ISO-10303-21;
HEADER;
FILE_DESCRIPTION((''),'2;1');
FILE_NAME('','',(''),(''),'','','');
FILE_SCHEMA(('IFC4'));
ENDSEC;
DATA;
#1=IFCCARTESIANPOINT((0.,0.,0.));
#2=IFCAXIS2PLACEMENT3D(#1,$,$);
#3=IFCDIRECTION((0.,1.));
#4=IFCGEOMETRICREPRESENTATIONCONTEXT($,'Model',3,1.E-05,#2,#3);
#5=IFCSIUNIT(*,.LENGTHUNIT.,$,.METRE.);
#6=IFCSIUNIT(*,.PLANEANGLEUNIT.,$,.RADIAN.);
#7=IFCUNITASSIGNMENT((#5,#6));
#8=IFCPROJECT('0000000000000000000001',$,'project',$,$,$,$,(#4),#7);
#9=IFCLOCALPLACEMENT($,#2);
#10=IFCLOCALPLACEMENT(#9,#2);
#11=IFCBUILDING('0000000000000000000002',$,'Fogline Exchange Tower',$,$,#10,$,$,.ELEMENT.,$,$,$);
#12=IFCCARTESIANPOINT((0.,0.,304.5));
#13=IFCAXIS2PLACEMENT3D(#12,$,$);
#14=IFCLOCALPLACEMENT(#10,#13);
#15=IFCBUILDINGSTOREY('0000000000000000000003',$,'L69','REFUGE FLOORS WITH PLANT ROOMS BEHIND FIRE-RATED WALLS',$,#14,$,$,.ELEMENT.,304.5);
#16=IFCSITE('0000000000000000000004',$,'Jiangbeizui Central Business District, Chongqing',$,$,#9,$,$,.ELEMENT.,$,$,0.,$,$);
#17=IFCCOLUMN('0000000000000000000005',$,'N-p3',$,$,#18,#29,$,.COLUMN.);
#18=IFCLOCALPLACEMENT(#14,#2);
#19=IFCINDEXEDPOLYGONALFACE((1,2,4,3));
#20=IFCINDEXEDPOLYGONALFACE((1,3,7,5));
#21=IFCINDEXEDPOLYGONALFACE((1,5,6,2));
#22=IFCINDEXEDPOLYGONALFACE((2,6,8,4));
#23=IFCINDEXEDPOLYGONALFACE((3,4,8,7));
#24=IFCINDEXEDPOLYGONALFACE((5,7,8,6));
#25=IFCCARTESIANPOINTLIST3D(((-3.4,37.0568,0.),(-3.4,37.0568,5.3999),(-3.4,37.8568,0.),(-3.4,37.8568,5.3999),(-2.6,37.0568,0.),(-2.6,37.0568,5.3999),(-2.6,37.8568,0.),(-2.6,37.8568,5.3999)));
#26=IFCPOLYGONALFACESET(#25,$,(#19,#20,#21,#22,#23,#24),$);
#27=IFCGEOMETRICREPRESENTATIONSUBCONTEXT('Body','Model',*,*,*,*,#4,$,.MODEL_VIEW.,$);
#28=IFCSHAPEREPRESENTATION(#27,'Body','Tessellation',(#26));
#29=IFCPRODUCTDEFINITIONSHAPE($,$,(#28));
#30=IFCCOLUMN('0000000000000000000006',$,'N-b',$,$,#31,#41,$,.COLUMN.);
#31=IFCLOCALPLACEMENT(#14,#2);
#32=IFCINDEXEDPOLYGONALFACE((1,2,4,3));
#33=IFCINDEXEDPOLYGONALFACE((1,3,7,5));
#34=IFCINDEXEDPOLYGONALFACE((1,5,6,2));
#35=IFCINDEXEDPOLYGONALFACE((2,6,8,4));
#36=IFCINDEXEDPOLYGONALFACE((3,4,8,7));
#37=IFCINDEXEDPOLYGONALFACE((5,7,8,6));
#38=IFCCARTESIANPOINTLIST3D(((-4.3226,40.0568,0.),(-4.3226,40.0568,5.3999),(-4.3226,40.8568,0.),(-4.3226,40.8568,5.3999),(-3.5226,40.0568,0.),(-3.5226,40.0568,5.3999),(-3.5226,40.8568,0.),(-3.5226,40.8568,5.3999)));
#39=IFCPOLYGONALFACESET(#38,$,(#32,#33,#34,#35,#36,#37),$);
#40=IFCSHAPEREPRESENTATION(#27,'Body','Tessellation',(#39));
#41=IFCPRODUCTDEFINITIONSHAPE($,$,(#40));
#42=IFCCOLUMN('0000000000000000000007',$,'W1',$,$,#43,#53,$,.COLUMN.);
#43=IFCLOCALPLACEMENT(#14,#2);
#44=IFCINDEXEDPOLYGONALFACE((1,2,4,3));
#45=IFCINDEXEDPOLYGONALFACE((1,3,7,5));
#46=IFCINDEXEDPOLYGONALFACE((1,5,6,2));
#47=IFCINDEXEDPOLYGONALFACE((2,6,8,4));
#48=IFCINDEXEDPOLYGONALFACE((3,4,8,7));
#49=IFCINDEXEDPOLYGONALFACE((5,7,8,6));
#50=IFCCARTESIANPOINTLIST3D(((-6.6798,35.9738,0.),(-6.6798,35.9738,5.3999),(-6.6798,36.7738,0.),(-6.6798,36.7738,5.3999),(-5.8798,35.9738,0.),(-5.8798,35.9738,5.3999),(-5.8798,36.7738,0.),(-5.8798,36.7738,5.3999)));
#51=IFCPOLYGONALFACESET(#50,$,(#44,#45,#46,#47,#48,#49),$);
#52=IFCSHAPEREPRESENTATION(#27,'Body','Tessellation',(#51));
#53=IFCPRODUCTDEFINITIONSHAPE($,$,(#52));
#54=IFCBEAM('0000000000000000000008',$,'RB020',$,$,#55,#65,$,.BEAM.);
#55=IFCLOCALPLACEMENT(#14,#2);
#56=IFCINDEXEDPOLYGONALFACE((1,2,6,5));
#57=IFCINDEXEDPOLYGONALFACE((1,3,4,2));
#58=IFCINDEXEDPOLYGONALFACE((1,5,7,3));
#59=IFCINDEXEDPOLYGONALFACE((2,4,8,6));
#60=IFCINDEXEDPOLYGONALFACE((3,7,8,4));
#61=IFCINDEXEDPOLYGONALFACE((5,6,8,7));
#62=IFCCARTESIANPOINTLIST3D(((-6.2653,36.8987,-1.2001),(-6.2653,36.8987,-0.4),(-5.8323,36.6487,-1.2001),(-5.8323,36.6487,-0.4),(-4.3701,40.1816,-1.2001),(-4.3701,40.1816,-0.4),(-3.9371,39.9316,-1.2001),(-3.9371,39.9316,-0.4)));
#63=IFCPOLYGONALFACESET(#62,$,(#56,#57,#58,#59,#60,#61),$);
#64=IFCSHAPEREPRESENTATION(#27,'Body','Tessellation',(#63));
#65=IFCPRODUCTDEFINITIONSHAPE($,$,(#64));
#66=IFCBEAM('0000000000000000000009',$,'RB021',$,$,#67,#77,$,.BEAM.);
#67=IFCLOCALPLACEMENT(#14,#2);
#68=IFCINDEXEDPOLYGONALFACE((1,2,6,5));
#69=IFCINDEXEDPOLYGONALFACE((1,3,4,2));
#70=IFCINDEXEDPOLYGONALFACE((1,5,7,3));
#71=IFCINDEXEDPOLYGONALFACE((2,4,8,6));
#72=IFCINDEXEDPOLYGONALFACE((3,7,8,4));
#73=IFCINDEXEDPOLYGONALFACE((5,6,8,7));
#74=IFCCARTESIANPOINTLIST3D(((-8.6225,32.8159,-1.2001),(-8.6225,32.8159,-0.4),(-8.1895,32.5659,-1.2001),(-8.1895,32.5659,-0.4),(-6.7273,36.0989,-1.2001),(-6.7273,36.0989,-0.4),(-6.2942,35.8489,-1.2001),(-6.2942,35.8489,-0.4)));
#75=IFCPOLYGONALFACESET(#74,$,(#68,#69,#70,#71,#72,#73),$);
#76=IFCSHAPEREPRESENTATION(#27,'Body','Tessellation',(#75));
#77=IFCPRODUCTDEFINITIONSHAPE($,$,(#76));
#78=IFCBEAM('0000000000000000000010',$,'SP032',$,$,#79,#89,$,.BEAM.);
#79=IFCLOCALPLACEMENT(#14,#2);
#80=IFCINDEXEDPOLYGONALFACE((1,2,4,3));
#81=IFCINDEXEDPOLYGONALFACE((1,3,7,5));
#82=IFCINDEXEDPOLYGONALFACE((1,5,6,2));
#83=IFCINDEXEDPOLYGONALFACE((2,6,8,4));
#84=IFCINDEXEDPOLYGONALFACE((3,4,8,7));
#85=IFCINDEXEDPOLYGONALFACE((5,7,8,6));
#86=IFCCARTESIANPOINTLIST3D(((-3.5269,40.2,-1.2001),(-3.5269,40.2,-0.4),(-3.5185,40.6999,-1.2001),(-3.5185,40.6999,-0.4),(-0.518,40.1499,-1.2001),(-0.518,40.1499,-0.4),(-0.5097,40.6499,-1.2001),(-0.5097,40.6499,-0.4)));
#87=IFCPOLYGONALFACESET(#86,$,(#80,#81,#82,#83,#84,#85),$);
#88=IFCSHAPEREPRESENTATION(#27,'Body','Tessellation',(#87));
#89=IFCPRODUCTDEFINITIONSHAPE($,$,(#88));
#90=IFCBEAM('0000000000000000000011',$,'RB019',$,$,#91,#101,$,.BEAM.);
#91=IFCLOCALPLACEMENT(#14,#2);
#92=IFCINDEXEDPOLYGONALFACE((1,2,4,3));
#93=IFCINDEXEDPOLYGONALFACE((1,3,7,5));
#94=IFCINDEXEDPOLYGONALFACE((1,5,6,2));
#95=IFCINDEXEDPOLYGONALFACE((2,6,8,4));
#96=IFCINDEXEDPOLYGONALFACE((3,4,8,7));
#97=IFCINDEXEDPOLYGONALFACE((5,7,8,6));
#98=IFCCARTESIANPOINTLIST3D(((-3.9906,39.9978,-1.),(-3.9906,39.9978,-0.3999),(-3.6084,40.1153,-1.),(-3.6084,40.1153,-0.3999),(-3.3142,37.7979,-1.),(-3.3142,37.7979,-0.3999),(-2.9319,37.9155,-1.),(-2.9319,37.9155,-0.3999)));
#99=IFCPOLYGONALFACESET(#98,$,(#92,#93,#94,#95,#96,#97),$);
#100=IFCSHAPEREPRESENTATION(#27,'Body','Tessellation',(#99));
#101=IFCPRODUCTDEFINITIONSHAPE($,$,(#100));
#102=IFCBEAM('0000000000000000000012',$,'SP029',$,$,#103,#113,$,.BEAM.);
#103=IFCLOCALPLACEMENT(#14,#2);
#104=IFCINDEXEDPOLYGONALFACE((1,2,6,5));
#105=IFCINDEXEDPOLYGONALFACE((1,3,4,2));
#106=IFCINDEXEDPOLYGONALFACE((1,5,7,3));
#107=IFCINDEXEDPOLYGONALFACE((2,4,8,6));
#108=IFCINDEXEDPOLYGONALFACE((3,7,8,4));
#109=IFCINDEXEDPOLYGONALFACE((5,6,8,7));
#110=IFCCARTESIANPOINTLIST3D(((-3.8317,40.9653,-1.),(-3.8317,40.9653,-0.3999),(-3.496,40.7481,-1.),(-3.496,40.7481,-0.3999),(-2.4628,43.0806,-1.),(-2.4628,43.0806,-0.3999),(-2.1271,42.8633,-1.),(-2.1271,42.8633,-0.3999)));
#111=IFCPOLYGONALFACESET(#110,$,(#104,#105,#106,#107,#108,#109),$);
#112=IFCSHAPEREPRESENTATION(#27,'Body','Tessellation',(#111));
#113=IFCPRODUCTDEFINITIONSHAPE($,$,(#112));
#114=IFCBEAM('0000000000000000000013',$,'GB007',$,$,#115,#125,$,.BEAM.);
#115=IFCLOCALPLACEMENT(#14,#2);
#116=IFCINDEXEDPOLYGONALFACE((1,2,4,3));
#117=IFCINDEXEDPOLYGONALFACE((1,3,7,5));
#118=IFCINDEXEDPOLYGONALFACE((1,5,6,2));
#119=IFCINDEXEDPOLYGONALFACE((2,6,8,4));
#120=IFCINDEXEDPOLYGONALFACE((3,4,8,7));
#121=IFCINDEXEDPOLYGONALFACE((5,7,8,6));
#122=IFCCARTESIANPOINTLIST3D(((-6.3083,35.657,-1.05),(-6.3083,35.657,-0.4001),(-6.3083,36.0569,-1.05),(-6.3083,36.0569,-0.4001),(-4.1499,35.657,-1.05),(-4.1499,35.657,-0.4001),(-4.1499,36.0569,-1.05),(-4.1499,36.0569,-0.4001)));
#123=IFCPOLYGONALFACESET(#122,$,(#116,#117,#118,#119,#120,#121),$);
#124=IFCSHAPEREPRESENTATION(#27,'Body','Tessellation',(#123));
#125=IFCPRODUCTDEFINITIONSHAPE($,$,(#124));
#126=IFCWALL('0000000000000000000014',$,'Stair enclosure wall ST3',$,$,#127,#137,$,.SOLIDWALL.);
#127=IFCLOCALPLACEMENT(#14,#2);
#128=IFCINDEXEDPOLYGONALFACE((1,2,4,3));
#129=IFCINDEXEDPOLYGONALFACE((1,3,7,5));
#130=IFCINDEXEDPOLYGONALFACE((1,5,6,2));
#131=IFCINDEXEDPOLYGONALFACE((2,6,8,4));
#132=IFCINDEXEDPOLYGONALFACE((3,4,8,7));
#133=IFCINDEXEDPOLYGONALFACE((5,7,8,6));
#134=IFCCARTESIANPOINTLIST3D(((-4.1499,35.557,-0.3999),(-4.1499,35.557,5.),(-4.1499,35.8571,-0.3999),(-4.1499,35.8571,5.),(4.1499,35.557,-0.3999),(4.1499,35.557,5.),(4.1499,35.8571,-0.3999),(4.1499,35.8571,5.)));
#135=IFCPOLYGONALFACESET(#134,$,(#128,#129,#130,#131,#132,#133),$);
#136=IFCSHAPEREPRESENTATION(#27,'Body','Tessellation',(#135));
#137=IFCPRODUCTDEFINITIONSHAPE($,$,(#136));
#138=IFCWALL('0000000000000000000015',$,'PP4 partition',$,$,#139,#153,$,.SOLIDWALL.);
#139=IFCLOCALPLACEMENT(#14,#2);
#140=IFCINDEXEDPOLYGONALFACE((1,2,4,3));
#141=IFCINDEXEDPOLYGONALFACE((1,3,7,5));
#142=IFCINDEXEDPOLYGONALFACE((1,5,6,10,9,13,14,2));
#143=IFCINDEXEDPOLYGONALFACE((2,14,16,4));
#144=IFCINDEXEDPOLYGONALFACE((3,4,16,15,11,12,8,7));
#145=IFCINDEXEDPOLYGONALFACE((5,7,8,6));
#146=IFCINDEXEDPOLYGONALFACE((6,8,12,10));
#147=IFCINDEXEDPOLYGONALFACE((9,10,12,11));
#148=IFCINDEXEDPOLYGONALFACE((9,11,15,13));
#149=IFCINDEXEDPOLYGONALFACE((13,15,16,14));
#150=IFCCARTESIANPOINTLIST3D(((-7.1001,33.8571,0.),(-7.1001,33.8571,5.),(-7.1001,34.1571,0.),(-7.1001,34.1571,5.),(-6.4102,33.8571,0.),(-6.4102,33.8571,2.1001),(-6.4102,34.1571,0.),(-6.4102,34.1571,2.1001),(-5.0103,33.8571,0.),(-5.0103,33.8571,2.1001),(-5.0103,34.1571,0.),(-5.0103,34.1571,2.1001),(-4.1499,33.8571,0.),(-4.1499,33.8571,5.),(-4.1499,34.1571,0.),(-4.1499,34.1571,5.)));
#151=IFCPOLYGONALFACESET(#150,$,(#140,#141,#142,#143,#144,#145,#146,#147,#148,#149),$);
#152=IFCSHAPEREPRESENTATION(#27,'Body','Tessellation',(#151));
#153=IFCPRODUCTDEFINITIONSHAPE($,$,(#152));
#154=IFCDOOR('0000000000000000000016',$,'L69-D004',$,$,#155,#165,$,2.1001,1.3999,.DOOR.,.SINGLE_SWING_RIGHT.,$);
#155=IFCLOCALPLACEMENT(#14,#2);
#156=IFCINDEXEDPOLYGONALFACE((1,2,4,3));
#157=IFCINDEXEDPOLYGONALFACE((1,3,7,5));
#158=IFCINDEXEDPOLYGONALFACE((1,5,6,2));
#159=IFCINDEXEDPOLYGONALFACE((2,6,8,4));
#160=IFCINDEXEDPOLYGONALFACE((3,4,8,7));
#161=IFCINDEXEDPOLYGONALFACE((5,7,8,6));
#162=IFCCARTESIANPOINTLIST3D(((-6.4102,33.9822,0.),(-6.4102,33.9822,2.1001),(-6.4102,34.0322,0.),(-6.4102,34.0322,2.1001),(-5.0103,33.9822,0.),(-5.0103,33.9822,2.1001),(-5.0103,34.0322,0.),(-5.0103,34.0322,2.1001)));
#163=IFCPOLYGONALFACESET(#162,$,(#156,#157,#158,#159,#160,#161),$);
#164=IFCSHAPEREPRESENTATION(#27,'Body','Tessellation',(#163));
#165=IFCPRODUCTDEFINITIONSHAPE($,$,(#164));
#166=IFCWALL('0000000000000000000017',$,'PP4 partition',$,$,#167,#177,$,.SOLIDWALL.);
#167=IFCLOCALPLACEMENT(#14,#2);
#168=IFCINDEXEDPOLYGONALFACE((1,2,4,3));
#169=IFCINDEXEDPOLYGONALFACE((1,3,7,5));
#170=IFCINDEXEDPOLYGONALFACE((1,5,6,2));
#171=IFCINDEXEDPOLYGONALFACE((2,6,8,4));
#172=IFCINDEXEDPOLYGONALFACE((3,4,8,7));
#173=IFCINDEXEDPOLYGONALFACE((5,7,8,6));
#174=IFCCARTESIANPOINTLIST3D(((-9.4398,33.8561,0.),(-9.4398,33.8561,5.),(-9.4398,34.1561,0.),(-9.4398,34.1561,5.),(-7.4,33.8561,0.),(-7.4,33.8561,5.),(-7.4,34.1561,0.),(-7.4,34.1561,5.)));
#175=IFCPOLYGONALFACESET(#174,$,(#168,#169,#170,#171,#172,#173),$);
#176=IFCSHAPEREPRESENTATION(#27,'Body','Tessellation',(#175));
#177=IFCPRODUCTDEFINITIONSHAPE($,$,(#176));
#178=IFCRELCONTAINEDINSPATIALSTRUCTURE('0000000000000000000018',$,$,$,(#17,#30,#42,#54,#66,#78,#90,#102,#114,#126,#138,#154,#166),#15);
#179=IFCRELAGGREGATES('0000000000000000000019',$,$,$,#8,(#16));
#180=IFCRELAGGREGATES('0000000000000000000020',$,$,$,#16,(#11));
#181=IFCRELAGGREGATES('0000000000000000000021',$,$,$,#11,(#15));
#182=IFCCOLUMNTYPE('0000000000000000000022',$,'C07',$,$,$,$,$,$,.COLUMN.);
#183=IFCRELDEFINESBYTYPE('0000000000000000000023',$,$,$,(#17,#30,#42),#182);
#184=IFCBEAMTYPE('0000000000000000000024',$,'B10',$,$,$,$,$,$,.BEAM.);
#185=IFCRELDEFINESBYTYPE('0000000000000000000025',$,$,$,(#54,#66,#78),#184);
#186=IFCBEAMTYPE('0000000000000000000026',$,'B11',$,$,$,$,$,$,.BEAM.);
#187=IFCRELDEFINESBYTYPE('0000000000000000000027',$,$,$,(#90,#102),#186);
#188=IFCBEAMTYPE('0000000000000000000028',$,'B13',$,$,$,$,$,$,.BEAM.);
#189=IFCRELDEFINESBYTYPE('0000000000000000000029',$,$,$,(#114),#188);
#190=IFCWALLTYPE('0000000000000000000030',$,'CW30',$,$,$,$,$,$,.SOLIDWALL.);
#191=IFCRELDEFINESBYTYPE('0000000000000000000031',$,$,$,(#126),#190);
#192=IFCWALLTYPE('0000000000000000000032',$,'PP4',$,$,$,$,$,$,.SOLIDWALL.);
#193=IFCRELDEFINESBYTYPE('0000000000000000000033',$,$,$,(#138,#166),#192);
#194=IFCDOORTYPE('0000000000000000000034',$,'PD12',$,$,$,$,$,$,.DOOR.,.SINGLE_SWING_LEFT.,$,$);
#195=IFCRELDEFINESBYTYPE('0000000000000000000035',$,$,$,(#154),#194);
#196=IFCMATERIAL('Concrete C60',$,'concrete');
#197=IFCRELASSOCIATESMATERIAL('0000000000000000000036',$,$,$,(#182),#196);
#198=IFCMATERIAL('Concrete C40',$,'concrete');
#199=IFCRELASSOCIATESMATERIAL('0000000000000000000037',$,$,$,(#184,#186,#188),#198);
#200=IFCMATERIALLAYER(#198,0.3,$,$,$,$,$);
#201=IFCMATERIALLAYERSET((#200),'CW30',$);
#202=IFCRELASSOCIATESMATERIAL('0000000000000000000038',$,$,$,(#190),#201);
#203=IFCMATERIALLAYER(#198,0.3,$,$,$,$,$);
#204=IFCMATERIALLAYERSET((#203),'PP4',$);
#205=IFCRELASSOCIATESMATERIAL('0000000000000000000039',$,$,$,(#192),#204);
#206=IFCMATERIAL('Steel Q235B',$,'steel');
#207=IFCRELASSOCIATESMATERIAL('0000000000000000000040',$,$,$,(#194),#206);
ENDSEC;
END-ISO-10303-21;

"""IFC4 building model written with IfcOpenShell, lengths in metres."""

from ifc_helpers import new_model, si_unit, direction, frame, frame_2d, origin, origin_2d, place, context, subcontext, project, spatial, rectangle, extrude, material, layer, layer_set, material_profile, profile_set, type_object, element, fill, save


model = new_model("IFC4")

# Units and contexts
model_context = context("Model", 3, precision=1e-05, world=origin(), true_north=direction((0.0, 1.0)))
body_context = subcontext(model_context, "Body", "Model", "MODEL_VIEW")
ifc_project = project(units=[si_unit("LENGTHUNIT", "METRE"), si_unit("PLANEANGLEUNIT", "RADIAN")], contexts=[model_context])

# Site, building, storey
site_placement = place(None, origin())
site = spatial("IfcSite", under=ifc_project, at=site_placement, Name="Jiangbeizui Central Business District, Chongqing", CompositionType="ELEMENT", RefElevation=0.0)
building_placement = place(site_placement, origin())
building = spatial("IfcBuilding", under=site, at=building_placement, Name="Fogline Exchange Tower", CompositionType="ELEMENT")
storey_placement = place(building_placement, frame((0.0, 0.0, 304.5)))
storey = spatial("IfcBuildingStorey", under=building, at=storey_placement, Name="L69", Description="REFUGE FLOORS WITH PLANT ROOMS BEHIND FIRE-RATED WALLS", CompositionType="ELEMENT", Elevation=304.5)

# Columns
ifc_material_1 = material(Name="Concrete C60", Category="concrete")
ifc_material_profile_1 = material_profile(ifc_material_1, rectangle(XDim=0.8, YDim=0.8, at=origin_2d()), Name="RC 800x800")
ifc_profile_set_1 = profile_set([ifc_material_profile_1], Name="Concrete C60")
column_type = type_object("IfcColumnType", Name="C07", PredefinedType="COLUMN", material=ifc_profile_set_1)
for number, where, z_axis, x_axis, name in (
    (1, (-3.0, 37.4568, 0.0), (0.0, 0.0, 1.0), (1.0, 0.0, 0.0), "N-p3"),
    (2, (-3.9226, 40.4568, 0.0), (0.0, 0.0, 1.0), (1.0, 0.0, 0.0), "N-b"),
    (3, (-6.2798, 36.3738, 0.0), (0.0, 0.0, 1.0), (1.0, 0.0, 0.0), "W1"),
):
    element("IfcColumn", number, at=place(storey_placement, frame(where, z_axis=z_axis, x_axis=x_axis)), inside=storey, type_object=column_type, Name=name, PredefinedType="COLUMN", context=body_context, shape_type="SweptSolid", body=[
        extrude(rectangle(XDim=0.8, YDim=0.8, at=origin_2d()), origin(), (0.0, 0.0, 1.0), 5.3999),
    ])

# Beams
ifc_material_2 = material(Name="Concrete C40", Category="concrete")
ifc_material_profile_2 = material_profile(ifc_material_2, rectangle(XDim=0.5, YDim=0.8, at=origin_2d()), Name="RC 500x800")
ifc_profile_set_2 = profile_set([ifc_material_profile_2], Name="Concrete C40")
beam_type_1 = type_object("IfcBeamType", Name="B10", PredefinedType="BEAM", material=ifc_profile_set_2)
for number, where, z_axis, x_axis, name in (
    (4, (-4.1536, 40.0566, -0.8), (-0.49997, -0.866043, 0.0), (0.866043, -0.49997, 0.0), "RB020"),
    (5, (-6.5107, 35.9739, -0.8), (-0.49997, -0.866043, 0.0), (0.866043, -0.49997, 0.0), "RB021"),
):
    element("IfcBeam", number, at=place(storey_placement, frame(where, z_axis=z_axis, x_axis=x_axis)), inside=storey, type_object=beam_type_1, Name=name, PredefinedType="BEAM", context=body_context, shape_type="SweptSolid", body=[
        extrude(rectangle(XDim=0.5, YDim=0.8, at=origin_2d()), origin(), (0.0, 0.0, 1.0), 3.7908),
    ])
beam_1_placement = place(storey_placement, frame((-3.5227, 40.45, -0.8), z_axis=(0.999862, -0.016632, 0.0), x_axis=(0.016632, 0.999862, 0.0)))
element("IfcBeam", 6, at=beam_1_placement, inside=storey, type_object=beam_type_1, Name="SP032", PredefinedType="BEAM", context=body_context, shape_type="SweptSolid", body=[
    extrude(rectangle(XDim=0.5, YDim=0.8, at=origin_2d()), origin(), (0.0, 0.0, 1.0), 3.0093),
])
ifc_material_profile_3 = material_profile(ifc_material_2, rectangle(XDim=0.3999, YDim=0.6001, at=origin_2d()), Name="RC 400x600")
ifc_profile_set_3 = profile_set([ifc_material_profile_3], Name="Concrete C40")
beam_type_2 = type_object("IfcBeamType", Name="B11", PredefinedType="BEAM", material=ifc_profile_set_3)
beam_2_placement = place(storey_placement, frame((-3.123, 37.8567, -0.7), z_axis=(-0.293929, 0.955827, 0.0), x_axis=(-0.955827, -0.293929, 0.0)))
element("IfcBeam", 7, at=beam_2_placement, inside=storey, type_object=beam_type_2, Name="RB019", PredefinedType="BEAM", context=body_context, shape_type="SweptSolid", body=[
    extrude(rectangle(XDim=0.3999, YDim=0.6001, at=origin_2d()), origin(), (0.0, 0.0, 1.0), 2.3015),
])
beam_3_placement = place(storey_placement, frame((-3.6638, 40.8567, -0.7), z_axis=(0.543312, 0.839531, 0.0), x_axis=(-0.839531, 0.543312, 0.0)))
element("IfcBeam", 8, at=beam_3_placement, inside=storey, type_object=beam_type_2, Name="SP029", PredefinedType="BEAM", context=body_context, shape_type="SweptSolid", body=[
    extrude(rectangle(XDim=0.3999, YDim=0.6001, at=origin_2d()), origin(), (0.0, 0.0, 1.0), 2.5195),
])
ifc_material_profile_4 = material_profile(ifc_material_2, rectangle(XDim=0.3999, YDim=0.6499, at=origin_2d()), Name="RC 400x650")
ifc_profile_set_4 = profile_set([ifc_material_profile_4], Name="Concrete C40")
beam_type_3 = type_object("IfcBeamType", Name="B13", PredefinedType="BEAM", material=ifc_profile_set_4)
beam_4_placement = place(storey_placement, frame((-6.3083, 35.8569, -0.7251), z_axis=(1.0, 0.0, 0.0), x_axis=(0.0, 1.0, 0.0)))
element("IfcBeam", 9, at=beam_4_placement, inside=storey, type_object=beam_type_3, Name="GB007", PredefinedType="BEAM", context=body_context, shape_type="SweptSolid", body=[
    extrude(rectangle(XDim=0.3999, YDim=0.6499, at=origin_2d()), origin(), (0.0, 0.0, 1.0), 2.1584),
])

# Wall
ifc_layer_1 = layer(ifc_material_2, 0.3)
ifc_layer_set_1 = layer_set([ifc_layer_1], Name="CW30")
wall_type_1 = type_object("IfcWallType", Name="CW30", PredefinedType="SOLIDWALL", material=ifc_layer_set_1)
wall_1_placement = place(storey_placement, frame((-4.1499, 35.707, -0.3999), z_axis=(0.0, 0.0, 1.0), x_axis=(1.0, 0.0, 0.0)))
element("IfcWall", 10, at=wall_1_placement, inside=storey, type_object=wall_type_1, Name="Stair enclosure wall ST3", PredefinedType="SOLIDWALL", context=body_context, shape_type="SweptSolid", body=[
    extrude(rectangle(XDim=8.2998, YDim=0.3, at=frame_2d((4.1499, 0.0))), origin(), (0.0, 0.0, 1.0), 5.3999),
])

# Wall, opening, door
ifc_layer_2 = layer(ifc_material_2, 0.3)
ifc_layer_set_2 = layer_set([ifc_layer_2], Name="PP4")
wall_type_2 = type_object("IfcWallType", Name="PP4", PredefinedType="SOLIDWALL", material=ifc_layer_set_2)
wall_2_placement = place(storey_placement, frame((-7.1001, 34.0071, 0.0), z_axis=(0.0, 0.0, 1.0), x_axis=(1.0, 0.0, 0.0)))
wall_2 = element("IfcWall", 11, at=wall_2_placement, inside=storey, type_object=wall_type_2, Name="PP4 partition", PredefinedType="SOLIDWALL", context=body_context, shape_type="SweptSolid", body=[
    extrude(rectangle(XDim=2.9502, YDim=0.3, at=frame_2d((1.4751, 0.0))), origin(), (0.0, 0.0, 1.0), 5.0),
])
opening_1_placement = place(wall_2_placement, frame((0.6899, 0.0, 0.0)))
opening_1 = element("IfcOpeningElement", 12, at=opening_1_placement, cuts=wall_2, PredefinedType="OPENING", context=body_context, shape_type="SweptSolid", body=[
    extrude(rectangle(XDim=1.3999, YDim=2.1001, at=frame_2d((0.7, 1.05))), frame((0.0, 0.1602, 0.0), z_axis=(0.0, -1.0, 0.0), x_axis=(1.0, 0.0, 0.0)), (0.0, 0.0, 1.0), 0.3201),
])
ifc_material_3 = material(Name="Steel Q235B", Category="steel")
door_type = type_object("IfcDoorType", Name="PD12", OperationType="SINGLE_SWING_LEFT", PredefinedType="DOOR", material=ifc_material_3)
door_placement = place(opening_1_placement, frame((1.3999, 0.0, 0.0), z_axis=(0.0, 0.0, 1.0), x_axis=(-1.0, 0.0, 0.0)))
door = element("IfcDoor", 13, at=door_placement, inside=storey, type_object=door_type, Name="L69-D004", OperationType="SINGLE_SWING_RIGHT", OverallHeight=2.1001, OverallWidth=1.3999, PredefinedType="DOOR", context=body_context, shape_type="SweptSolid", body=[
    extrude(rectangle(XDim=1.3999, YDim=2.1001, at=frame_2d((0.7, 1.05))), frame((0.0, 0.0249, 0.0), z_axis=(0.0, -1.0, 0.0), x_axis=(1.0, 0.0, 0.0)), (0.0, 0.0, 1.0), 0.05),
])
fill(opening_1, door)

# Wall
wall_3_placement = place(storey_placement, frame((-7.3999, 34.0061, 0.0), z_axis=(0.0, 0.0, 1.0), x_axis=(-1.0, 0.0, 0.0)))
element("IfcWall", 14, at=wall_3_placement, inside=storey, type_object=wall_type_2, Name="PP4 partition", PredefinedType="SOLIDWALL", context=body_context, shape_type="SweptSolid", body=[
    extrude(rectangle(XDim=2.0398, YDim=0.3, at=frame_2d((1.02, 0.0))), origin(), (0.0, 0.0, 1.0), 5.0),
])

save(model, "model.ifc")
